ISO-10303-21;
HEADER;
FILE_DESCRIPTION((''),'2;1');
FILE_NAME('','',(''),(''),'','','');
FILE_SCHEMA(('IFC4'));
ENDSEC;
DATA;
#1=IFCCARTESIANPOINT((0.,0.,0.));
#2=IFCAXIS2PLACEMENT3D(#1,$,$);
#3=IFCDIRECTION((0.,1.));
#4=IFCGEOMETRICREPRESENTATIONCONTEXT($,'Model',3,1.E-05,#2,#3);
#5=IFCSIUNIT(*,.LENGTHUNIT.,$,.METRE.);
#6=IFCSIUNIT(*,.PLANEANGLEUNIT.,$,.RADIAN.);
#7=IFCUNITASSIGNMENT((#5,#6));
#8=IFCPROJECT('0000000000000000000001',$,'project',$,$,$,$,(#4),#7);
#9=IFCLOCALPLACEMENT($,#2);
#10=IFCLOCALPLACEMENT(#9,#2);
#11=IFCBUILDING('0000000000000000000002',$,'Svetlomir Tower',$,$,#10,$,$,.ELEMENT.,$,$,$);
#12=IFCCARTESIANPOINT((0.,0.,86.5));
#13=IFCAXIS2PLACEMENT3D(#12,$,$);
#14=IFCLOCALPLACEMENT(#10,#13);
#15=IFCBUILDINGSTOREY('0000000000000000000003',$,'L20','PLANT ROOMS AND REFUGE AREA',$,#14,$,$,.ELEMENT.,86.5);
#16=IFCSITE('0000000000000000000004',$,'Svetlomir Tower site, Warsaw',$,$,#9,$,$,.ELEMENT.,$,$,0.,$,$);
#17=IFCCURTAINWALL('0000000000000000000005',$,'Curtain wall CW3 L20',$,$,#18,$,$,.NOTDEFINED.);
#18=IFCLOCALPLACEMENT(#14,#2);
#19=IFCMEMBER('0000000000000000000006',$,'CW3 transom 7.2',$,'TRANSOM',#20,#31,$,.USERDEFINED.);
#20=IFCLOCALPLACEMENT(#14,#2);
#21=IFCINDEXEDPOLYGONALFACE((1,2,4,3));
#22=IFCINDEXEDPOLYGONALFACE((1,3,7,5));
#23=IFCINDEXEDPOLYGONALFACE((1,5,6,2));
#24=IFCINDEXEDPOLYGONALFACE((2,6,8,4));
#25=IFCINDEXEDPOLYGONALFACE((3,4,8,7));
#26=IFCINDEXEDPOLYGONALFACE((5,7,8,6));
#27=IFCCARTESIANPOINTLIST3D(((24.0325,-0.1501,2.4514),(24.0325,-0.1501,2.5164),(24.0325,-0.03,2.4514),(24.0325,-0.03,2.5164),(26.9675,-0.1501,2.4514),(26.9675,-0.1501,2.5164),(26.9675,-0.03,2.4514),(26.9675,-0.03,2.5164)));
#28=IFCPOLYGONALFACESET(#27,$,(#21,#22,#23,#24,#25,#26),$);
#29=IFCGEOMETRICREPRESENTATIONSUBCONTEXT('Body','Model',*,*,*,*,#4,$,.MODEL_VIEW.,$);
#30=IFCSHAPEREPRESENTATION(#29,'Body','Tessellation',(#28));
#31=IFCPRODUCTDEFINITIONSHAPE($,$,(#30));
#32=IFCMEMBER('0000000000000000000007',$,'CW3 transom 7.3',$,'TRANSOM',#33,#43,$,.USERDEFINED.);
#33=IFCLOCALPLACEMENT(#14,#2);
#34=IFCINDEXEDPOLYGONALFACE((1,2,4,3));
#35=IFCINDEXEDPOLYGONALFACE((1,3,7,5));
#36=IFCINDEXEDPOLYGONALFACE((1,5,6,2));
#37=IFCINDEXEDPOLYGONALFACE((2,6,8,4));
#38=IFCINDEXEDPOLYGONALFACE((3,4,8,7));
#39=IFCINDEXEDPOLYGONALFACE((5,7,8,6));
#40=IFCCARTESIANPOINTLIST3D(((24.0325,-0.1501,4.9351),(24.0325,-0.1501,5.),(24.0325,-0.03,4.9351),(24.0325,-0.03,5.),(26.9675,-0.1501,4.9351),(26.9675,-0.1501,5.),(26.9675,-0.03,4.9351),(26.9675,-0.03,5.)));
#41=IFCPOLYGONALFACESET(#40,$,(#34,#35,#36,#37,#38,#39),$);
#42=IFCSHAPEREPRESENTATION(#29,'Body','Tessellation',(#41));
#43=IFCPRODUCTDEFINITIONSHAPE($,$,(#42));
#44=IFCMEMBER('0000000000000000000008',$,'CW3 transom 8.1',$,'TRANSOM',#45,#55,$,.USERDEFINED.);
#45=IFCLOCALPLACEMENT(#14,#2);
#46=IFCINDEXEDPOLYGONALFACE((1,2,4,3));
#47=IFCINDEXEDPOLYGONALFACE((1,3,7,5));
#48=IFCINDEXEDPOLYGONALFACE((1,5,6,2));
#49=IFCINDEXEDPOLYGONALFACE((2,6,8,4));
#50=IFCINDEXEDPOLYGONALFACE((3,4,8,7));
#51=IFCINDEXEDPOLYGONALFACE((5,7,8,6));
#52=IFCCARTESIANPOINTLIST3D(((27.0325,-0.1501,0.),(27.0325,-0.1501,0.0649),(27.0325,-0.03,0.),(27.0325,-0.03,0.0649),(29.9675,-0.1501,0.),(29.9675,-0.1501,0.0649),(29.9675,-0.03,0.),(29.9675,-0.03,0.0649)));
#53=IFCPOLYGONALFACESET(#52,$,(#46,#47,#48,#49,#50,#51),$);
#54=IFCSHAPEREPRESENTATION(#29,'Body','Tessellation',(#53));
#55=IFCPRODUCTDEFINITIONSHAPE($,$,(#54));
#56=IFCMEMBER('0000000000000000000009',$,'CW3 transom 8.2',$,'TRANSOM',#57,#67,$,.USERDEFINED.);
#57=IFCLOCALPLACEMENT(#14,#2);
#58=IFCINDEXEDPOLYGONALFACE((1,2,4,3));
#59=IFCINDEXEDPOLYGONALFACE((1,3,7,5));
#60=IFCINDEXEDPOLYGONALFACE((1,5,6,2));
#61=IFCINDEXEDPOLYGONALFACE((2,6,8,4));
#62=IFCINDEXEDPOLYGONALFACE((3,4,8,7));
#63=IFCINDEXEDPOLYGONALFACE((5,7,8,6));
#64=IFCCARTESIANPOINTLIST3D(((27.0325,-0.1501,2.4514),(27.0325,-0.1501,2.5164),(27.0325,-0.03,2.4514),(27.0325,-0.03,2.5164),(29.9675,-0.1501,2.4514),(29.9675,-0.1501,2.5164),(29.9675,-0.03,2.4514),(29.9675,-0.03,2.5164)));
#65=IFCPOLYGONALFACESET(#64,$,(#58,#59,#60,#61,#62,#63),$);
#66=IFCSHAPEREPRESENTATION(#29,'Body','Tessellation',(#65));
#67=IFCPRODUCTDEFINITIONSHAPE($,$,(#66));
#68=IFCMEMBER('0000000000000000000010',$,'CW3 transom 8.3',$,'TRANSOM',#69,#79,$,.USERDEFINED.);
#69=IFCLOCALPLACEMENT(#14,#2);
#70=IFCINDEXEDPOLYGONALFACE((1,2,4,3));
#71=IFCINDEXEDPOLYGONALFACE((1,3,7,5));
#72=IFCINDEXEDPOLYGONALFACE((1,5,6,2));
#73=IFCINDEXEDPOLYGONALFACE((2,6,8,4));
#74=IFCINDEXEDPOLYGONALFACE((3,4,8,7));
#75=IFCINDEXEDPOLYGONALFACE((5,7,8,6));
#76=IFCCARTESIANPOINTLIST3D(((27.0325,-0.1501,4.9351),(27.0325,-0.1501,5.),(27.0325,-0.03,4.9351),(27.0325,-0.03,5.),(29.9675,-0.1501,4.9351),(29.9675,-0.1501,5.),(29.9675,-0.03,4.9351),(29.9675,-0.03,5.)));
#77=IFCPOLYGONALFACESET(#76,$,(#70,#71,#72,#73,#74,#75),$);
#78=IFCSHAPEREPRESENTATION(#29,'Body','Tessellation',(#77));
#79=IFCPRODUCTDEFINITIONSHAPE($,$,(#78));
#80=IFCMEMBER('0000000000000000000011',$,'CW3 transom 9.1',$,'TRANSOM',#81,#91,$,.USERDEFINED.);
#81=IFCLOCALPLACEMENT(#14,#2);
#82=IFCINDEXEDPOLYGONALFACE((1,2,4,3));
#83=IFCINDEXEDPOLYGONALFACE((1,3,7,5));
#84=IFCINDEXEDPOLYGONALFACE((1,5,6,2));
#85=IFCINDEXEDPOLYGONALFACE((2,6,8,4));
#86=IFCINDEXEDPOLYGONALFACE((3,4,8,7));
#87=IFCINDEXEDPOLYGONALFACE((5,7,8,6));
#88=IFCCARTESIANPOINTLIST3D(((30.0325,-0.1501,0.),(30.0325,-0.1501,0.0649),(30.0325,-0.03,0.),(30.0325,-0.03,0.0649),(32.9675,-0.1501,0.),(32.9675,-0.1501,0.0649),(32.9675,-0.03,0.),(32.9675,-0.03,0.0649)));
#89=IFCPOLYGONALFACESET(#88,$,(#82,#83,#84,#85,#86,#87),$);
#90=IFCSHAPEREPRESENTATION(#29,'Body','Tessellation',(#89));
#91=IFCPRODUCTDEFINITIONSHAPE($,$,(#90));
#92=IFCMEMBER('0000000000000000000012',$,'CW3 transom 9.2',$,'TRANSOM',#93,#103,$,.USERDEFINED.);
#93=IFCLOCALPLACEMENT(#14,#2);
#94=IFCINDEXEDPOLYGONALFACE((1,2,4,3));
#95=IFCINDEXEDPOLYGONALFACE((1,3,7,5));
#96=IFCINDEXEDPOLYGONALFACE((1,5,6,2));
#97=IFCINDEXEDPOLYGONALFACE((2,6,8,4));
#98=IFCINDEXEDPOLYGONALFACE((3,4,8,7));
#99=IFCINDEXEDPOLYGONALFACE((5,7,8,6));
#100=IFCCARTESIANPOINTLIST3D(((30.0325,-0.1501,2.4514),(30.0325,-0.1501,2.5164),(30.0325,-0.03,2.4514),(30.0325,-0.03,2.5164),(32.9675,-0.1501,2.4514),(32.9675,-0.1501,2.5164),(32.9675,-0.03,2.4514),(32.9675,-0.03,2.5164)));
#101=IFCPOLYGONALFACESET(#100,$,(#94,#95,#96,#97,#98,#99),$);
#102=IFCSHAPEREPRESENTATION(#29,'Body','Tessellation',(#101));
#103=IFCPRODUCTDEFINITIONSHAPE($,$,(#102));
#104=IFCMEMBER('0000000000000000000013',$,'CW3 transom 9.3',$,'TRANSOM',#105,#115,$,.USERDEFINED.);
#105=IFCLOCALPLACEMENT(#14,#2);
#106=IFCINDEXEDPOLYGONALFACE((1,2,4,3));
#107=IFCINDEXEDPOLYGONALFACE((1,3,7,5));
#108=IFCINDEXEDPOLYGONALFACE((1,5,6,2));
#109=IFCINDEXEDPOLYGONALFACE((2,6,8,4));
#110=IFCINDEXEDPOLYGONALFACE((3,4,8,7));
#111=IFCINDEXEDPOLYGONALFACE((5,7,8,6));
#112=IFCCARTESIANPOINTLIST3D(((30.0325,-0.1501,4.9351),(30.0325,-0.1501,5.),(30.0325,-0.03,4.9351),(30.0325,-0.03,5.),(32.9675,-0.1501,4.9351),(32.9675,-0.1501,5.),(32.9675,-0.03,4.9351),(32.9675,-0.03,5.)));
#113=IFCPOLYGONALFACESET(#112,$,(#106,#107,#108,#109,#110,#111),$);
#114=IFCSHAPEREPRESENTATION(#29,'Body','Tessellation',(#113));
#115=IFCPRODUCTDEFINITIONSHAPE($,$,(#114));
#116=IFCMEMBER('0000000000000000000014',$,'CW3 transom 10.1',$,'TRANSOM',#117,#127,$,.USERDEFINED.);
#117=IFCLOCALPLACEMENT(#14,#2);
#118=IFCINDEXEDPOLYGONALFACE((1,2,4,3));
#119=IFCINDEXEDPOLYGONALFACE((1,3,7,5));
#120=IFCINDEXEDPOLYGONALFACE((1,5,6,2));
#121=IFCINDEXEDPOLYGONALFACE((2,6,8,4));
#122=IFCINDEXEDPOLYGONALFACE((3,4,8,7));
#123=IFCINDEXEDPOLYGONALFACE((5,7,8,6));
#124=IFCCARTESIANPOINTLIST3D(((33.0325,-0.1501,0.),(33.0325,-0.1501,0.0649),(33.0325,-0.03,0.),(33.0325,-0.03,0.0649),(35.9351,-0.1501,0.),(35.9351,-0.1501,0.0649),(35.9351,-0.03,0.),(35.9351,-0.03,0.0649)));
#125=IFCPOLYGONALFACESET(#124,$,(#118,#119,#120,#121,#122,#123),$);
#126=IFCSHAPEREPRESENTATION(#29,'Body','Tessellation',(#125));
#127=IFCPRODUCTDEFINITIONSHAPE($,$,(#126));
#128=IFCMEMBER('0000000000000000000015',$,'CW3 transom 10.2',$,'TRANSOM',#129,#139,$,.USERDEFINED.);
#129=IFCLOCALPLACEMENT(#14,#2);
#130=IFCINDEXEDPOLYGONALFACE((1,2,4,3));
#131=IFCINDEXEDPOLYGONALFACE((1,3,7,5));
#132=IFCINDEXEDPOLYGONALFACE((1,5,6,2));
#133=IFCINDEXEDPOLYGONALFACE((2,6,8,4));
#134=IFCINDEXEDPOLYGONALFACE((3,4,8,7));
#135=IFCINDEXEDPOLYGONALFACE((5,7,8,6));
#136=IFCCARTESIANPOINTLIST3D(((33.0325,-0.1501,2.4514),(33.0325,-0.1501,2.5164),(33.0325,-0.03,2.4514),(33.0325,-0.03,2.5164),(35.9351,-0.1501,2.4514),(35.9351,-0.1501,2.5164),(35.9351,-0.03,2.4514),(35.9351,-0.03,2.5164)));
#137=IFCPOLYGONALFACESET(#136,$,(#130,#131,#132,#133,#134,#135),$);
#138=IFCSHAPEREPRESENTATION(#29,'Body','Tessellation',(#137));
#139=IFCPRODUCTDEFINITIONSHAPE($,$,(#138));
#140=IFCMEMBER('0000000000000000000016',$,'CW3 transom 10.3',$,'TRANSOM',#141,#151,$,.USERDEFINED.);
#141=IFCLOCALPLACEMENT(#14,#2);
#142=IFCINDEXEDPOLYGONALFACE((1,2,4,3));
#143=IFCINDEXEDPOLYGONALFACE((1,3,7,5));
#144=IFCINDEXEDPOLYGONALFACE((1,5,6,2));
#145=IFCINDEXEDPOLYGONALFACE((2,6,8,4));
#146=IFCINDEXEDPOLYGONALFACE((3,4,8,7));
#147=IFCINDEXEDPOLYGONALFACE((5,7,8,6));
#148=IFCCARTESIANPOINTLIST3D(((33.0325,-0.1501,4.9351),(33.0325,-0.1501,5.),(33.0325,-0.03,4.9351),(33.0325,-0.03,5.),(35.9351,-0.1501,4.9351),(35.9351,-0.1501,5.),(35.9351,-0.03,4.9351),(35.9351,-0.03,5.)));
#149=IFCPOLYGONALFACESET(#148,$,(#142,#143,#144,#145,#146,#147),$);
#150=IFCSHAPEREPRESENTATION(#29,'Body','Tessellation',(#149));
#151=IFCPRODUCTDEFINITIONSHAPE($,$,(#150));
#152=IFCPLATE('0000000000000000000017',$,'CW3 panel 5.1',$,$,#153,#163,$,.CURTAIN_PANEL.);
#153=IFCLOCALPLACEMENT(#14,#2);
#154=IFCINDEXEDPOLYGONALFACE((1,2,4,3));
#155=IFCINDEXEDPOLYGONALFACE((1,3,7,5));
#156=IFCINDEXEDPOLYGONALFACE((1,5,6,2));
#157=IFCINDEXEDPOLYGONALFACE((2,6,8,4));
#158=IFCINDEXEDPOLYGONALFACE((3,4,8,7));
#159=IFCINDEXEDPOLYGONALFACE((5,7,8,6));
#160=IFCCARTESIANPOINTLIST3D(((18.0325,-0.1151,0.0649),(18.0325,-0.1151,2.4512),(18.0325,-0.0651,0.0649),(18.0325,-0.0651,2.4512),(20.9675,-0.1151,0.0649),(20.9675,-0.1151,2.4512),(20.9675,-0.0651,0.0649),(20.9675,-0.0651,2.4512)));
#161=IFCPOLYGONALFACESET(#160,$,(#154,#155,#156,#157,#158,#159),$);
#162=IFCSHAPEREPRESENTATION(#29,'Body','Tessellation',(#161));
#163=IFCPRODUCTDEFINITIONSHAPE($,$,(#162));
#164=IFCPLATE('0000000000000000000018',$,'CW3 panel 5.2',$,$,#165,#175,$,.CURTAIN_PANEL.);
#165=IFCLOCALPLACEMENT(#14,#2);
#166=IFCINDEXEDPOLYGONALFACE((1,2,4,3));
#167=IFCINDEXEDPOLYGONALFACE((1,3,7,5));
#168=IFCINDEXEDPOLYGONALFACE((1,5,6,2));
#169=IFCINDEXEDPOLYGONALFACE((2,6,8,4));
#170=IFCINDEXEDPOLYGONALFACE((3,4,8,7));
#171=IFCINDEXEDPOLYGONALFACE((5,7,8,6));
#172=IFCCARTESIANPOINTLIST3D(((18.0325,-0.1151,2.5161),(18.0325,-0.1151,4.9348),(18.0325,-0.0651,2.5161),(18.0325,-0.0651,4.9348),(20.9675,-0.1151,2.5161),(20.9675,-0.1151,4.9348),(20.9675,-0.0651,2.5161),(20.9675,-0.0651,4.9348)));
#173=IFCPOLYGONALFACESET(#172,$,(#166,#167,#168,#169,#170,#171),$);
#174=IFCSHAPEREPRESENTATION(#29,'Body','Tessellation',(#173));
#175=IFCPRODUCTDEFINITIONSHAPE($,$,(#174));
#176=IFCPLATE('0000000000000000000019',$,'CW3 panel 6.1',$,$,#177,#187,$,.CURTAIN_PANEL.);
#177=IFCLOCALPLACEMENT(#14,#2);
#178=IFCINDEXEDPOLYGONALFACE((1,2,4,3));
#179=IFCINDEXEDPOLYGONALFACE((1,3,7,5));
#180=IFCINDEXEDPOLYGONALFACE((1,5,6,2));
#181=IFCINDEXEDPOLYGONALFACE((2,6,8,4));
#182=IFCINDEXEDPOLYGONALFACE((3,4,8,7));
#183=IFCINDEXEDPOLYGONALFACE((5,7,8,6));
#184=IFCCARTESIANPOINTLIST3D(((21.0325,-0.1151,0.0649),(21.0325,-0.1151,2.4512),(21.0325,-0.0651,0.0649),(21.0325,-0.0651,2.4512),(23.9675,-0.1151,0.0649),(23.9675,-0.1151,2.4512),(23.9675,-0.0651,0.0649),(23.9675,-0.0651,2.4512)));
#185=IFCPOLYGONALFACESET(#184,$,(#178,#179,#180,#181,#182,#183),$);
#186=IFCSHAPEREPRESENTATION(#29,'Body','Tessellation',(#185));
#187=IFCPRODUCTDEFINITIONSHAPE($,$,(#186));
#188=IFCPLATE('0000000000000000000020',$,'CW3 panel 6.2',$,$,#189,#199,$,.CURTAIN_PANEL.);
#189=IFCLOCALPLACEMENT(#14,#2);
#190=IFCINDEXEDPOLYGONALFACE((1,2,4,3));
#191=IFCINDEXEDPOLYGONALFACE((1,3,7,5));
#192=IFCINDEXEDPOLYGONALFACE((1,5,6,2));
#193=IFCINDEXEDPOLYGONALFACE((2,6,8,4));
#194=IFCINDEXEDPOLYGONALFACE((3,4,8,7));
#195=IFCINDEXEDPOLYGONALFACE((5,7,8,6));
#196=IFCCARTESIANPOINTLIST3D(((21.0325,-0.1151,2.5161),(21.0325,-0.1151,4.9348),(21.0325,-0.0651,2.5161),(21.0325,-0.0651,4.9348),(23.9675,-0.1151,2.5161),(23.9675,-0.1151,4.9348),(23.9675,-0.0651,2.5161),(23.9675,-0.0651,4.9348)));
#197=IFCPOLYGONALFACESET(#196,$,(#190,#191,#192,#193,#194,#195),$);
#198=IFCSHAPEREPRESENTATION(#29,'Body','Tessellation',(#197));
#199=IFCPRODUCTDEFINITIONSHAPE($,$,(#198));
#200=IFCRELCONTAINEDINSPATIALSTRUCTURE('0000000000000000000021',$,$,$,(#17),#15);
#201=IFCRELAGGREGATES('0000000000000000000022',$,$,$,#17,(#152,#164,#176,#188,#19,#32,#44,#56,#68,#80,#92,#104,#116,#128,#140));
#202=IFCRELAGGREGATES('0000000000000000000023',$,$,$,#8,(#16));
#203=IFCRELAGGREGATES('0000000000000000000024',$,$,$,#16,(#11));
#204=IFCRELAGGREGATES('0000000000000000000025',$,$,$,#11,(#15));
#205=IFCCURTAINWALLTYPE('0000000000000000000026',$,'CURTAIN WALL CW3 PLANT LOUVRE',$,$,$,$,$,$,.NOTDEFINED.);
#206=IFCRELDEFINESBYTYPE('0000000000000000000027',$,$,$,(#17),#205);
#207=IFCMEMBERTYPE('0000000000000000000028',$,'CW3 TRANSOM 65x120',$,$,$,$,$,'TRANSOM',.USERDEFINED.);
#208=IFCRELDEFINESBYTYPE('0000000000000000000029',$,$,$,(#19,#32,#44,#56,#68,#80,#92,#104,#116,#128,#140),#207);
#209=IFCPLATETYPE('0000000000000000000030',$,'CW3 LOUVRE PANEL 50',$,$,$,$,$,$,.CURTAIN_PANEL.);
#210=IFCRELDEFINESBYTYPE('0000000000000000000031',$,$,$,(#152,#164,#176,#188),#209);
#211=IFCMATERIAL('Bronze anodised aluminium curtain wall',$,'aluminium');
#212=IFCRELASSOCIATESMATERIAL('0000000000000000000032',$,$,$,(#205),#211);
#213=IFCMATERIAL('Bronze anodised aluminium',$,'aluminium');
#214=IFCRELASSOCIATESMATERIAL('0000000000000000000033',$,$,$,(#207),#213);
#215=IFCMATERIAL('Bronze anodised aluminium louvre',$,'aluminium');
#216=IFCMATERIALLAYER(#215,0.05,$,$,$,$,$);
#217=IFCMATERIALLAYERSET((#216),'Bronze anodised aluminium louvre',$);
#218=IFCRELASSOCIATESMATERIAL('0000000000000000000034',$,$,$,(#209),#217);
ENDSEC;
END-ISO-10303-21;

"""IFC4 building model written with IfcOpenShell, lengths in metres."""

from ifc_helpers import new_model, si_unit, direction, frame, origin, origin_2d, place, context, subcontext, project, spatial, rectangle, extrude, material, layer, layer_set, material_profile, profile_set, type_object, element, aggregate, save


model = new_model("IFC4")

# Units and contexts
model_context = context("Model", 3, precision=1e-05, world=origin(), true_north=direction((0.0, 1.0)))
body_context = subcontext(model_context, "Body", "Model", "MODEL_VIEW")
ifc_project = project(units=[si_unit("LENGTHUNIT", "METRE"), si_unit("PLANEANGLEUNIT", "RADIAN")], contexts=[model_context])

# Site, building, storey
site_placement = place(None, origin())
site = spatial("IfcSite", under=ifc_project, at=site_placement, Name="Svetlomir Tower site, Warsaw", CompositionType="ELEMENT", RefElevation=0.0)
building_placement = place(site_placement, origin())
building = spatial("IfcBuilding", under=site, at=building_placement, Name="Svetlomir Tower", CompositionType="ELEMENT")
storey_placement = place(building_placement, frame((0.0, 0.0, 86.5)))
storey = spatial("IfcBuildingStorey", under=building, at=storey_placement, Name="L20", Description="PLANT ROOMS AND REFUGE AREA", CompositionType="ELEMENT", Elevation=86.5)

# Curtain wall, members, plates
ifc_material_1 = material(Name="Bronze anodised aluminium curtain wall", Category="aluminium")
curtain_wall_type = type_object("IfcCurtainWallType", Name="CURTAIN WALL CW3 PLANT LOUVRE", PredefinedType="NOTDEFINED", material=ifc_material_1)
curtain_wall_placement = place(storey_placement, origin())
curtain_wall = element("IfcCurtainWall", 1, at=curtain_wall_placement, inside=storey, type_object=curtain_wall_type, Name="Curtain wall CW3 L20", PredefinedType="NOTDEFINED")
ifc_material_2 = material(Name="Bronze anodised aluminium", Category="aluminium")
ifc_material_profile_1 = material_profile(ifc_material_2, rectangle(XDim=0.1201, YDim=0.0649, at=origin_2d()), Name="AL 120x65")
ifc_profile_set_1 = profile_set([ifc_material_profile_1], Name="Bronze anodised aluminium 6063-T6")
member_type_1 = type_object("IfcMemberType", Name="CW3 TRANSOM 65x120", ElementType="TRANSOM", PredefinedType="USERDEFINED", material=ifc_profile_set_1)
member_1_placement = place(storey_placement, frame((24.0325, -0.0901, 2.4839), z_axis=(1.0, 0.0, 0.0), x_axis=(0.0, 1.0, 0.0)))
member_1 = element("IfcMember", 2, at=member_1_placement, type_object=member_type_1, Name="CW3 transom 7.2", ObjectType="TRANSOM", PredefinedType="USERDEFINED", context=body_context, shape_type="SweptSolid", body=[
    extrude(rectangle(XDim=0.1201, YDim=0.0649, at=origin_2d()), origin(), (0.0, 0.0, 1.0), 2.9351),
])
member_2_placement = place(storey_placement, frame((24.0325, -0.0901, 4.9675), z_axis=(1.0, 0.0, 0.0), x_axis=(0.0, 1.0, 0.0)))
member_2 = element("IfcMember", 3, at=member_2_placement, type_object=member_type_1, Name="CW3 transom 7.3", ObjectType="TRANSOM", PredefinedType="USERDEFINED", context=body_context, shape_type="SweptSolid", body=[
    extrude(rectangle(XDim=0.1201, YDim=0.0649, at=origin_2d()), origin(), (0.0, 0.0, 1.0), 2.9351),
])
member_3_placement = place(storey_placement, frame((27.0325, -0.0901, 0.0325), z_axis=(1.0, 0.0, 0.0), x_axis=(0.0, 1.0, 0.0)))
member_3 = element("IfcMember", 4, at=member_3_placement, type_object=member_type_1, Name="CW3 transom 8.1", ObjectType="TRANSOM", PredefinedType="USERDEFINED", context=body_context, shape_type="SweptSolid", body=[
    extrude(rectangle(XDim=0.1201, YDim=0.0649, at=origin_2d()), origin(), (0.0, 0.0, 1.0), 2.9351),
])
member_4_placement = place(storey_placement, frame((27.0325, -0.0901, 2.4839), z_axis=(1.0, 0.0, 0.0), x_axis=(0.0, 1.0, 0.0)))
member_4 = element("IfcMember", 5, at=member_4_placement, type_object=member_type_1, Name="CW3 transom 8.2", ObjectType="TRANSOM", PredefinedType="USERDEFINED", context=body_context, shape_type="SweptSolid", body=[
    extrude(rectangle(XDim=0.1201, YDim=0.0649, at=origin_2d()), origin(), (0.0, 0.0, 1.0), 2.9351),
])
member_5_placement = place(storey_placement, frame((27.0325, -0.0901, 4.9675), z_axis=(1.0, 0.0, 0.0), x_axis=(0.0, 1.0, 0.0)))
member_5 = element("IfcMember", 6, at=member_5_placement, type_object=member_type_1, Name="CW3 transom 8.3", ObjectType="TRANSOM", PredefinedType="USERDEFINED", context=body_context, shape_type="SweptSolid", body=[
    extrude(rectangle(XDim=0.1201, YDim=0.0649, at=origin_2d()), origin(), (0.0, 0.0, 1.0), 2.9351),
])
member_6_placement = place(storey_placement, frame((30.0325, -0.0901, 0.0325), z_axis=(1.0, 0.0, 0.0), x_axis=(0.0, 1.0, 0.0)))
member_6 = element("IfcMember", 7, at=member_6_placement, type_object=member_type_1, Name="CW3 transom 9.1", ObjectType="TRANSOM", PredefinedType="USERDEFINED", context=body_context, shape_type="SweptSolid", body=[
    extrude(rectangle(XDim=0.1201, YDim=0.0649, at=origin_2d()), origin(), (0.0, 0.0, 1.0), 2.9351),
])
member_7_placement = place(storey_placement, frame((30.0325, -0.0901, 2.4839), z_axis=(1.0, 0.0, 0.0), x_axis=(0.0, 1.0, 0.0)))
member_7 = element("IfcMember", 8, at=member_7_placement, type_object=member_type_1, Name="CW3 transom 9.2", ObjectType="TRANSOM", PredefinedType="USERDEFINED", context=body_context, shape_type="SweptSolid", body=[
    extrude(rectangle(XDim=0.1201, YDim=0.0649, at=origin_2d()), origin(), (0.0, 0.0, 1.0), 2.9351),
])
member_8_placement = place(storey_placement, frame((30.0325, -0.0901, 4.9675), z_axis=(1.0, 0.0, 0.0), x_axis=(0.0, 1.0, 0.0)))
member_8 = element("IfcMember", 9, at=member_8_placement, type_object=member_type_1, Name="CW3 transom 9.3", ObjectType="TRANSOM", PredefinedType="USERDEFINED", context=body_context, shape_type="SweptSolid", body=[
    extrude(rectangle(XDim=0.1201, YDim=0.0649, at=origin_2d()), origin(), (0.0, 0.0, 1.0), 2.9351),
])
member_9_placement = place(storey_placement, frame((33.0325, -0.0901, 0.0325), z_axis=(1.0, 0.0, 0.0), x_axis=(0.0, 1.0, 0.0)))
member_9 = element("IfcMember", 10, at=member_9_placement, type_object=member_type_1, Name="CW3 transom 10.1", ObjectType="TRANSOM", PredefinedType="USERDEFINED", context=body_context, shape_type="SweptSolid", body=[
    extrude(rectangle(XDim=0.1201, YDim=0.0649, at=origin_2d()), origin(), (0.0, 0.0, 1.0), 2.9026),
])
member_10_placement = place(storey_placement, frame((33.0325, -0.0901, 2.4839), z_axis=(1.0, 0.0, 0.0), x_axis=(0.0, 1.0, 0.0)))
member_10 = element("IfcMember", 11, at=member_10_placement, type_object=member_type_1, Name="CW3 transom 10.2", ObjectType="TRANSOM", PredefinedType="USERDEFINED", context=body_context, shape_type="SweptSolid", body=[
    extrude(rectangle(XDim=0.1201, YDim=0.0649, at=origin_2d()), origin(), (0.0, 0.0, 1.0), 2.9026),
])
member_11_placement = place(storey_placement, frame((33.0325, -0.0901, 4.9675), z_axis=(1.0, 0.0, 0.0), x_axis=(0.0, 1.0, 0.0)))
member_11 = element("IfcMember", 12, at=member_11_placement, type_object=member_type_1, Name="CW3 transom 10.3", ObjectType="TRANSOM", PredefinedType="USERDEFINED", context=body_context, shape_type="SweptSolid", body=[
    extrude(rectangle(XDim=0.1201, YDim=0.0649, at=origin_2d()), origin(), (0.0, 0.0, 1.0), 2.9026),
])
ifc_material_3 = material(Name="Bronze anodised aluminium louvre", Category="aluminium")
ifc_layer = layer(ifc_material_3, 0.05)
ifc_layer_set = layer_set([ifc_layer], Name="Bronze anodised aluminium louvre")
plate_type = type_object("IfcPlateType", Name="CW3 LOUVRE PANEL 50", PredefinedType="CURTAIN_PANEL", material=ifc_layer_set)
plate_1_placement = place(storey_placement, frame((19.5, -0.0901, 0.0649), z_axis=(0.0, 0.0, 1.0), x_axis=(1.0, 0.0, 0.0)))
plate_1 = element("IfcPlate", 13, at=plate_1_placement, type_object=plate_type, Name="CW3 panel 5.1", PredefinedType="CURTAIN_PANEL", context=body_context, shape_type="SweptSolid", body=[
    extrude(rectangle(XDim=2.9351, YDim=0.05, at=origin_2d()), origin(), (0.0, 0.0, 1.0), 2.3862),
])
plate_2_placement = place(storey_placement, frame((19.5, -0.0901, 2.5161), z_axis=(0.0, 0.0, 1.0), x_axis=(1.0, 0.0, 0.0)))
plate_2 = element("IfcPlate", 14, at=plate_2_placement, type_object=plate_type, Name="CW3 panel 5.2", PredefinedType="CURTAIN_PANEL", context=body_context, shape_type="SweptSolid", body=[
    extrude(rectangle(XDim=2.9351, YDim=0.05, at=origin_2d()), origin(), (0.0, 0.0, 1.0), 2.4187),
])
plate_3_placement = place(storey_placement, frame((22.5, -0.0901, 0.0649), z_axis=(0.0, 0.0, 1.0), x_axis=(1.0, 0.0, 0.0)))
plate_3 = element("IfcPlate", 15, at=plate_3_placement, type_object=plate_type, Name="CW3 panel 6.1", PredefinedType="CURTAIN_PANEL", context=body_context, shape_type="SweptSolid", body=[
    extrude(rectangle(XDim=2.9351, YDim=0.05, at=origin_2d()), origin(), (0.0, 0.0, 1.0), 2.3862),
])
plate_4_placement = place(storey_placement, frame((22.5, -0.0901, 2.5161), z_axis=(0.0, 0.0, 1.0), x_axis=(1.0, 0.0, 0.0)))
plate_4 = element("IfcPlate", 16, at=plate_4_placement, type_object=plate_type, Name="CW3 panel 6.2", PredefinedType="CURTAIN_PANEL", context=body_context, shape_type="SweptSolid", body=[
    extrude(rectangle(XDim=2.9351, YDim=0.05, at=origin_2d()), origin(), (0.0, 0.0, 1.0), 2.4187),
])
aggregate(curtain_wall, [plate_1, plate_2, plate_3, plate_4, member_1, member_2, member_3, member_4, member_5, member_6, member_7, member_8, member_9, member_10, member_11])

save(model, "model.ifc")
